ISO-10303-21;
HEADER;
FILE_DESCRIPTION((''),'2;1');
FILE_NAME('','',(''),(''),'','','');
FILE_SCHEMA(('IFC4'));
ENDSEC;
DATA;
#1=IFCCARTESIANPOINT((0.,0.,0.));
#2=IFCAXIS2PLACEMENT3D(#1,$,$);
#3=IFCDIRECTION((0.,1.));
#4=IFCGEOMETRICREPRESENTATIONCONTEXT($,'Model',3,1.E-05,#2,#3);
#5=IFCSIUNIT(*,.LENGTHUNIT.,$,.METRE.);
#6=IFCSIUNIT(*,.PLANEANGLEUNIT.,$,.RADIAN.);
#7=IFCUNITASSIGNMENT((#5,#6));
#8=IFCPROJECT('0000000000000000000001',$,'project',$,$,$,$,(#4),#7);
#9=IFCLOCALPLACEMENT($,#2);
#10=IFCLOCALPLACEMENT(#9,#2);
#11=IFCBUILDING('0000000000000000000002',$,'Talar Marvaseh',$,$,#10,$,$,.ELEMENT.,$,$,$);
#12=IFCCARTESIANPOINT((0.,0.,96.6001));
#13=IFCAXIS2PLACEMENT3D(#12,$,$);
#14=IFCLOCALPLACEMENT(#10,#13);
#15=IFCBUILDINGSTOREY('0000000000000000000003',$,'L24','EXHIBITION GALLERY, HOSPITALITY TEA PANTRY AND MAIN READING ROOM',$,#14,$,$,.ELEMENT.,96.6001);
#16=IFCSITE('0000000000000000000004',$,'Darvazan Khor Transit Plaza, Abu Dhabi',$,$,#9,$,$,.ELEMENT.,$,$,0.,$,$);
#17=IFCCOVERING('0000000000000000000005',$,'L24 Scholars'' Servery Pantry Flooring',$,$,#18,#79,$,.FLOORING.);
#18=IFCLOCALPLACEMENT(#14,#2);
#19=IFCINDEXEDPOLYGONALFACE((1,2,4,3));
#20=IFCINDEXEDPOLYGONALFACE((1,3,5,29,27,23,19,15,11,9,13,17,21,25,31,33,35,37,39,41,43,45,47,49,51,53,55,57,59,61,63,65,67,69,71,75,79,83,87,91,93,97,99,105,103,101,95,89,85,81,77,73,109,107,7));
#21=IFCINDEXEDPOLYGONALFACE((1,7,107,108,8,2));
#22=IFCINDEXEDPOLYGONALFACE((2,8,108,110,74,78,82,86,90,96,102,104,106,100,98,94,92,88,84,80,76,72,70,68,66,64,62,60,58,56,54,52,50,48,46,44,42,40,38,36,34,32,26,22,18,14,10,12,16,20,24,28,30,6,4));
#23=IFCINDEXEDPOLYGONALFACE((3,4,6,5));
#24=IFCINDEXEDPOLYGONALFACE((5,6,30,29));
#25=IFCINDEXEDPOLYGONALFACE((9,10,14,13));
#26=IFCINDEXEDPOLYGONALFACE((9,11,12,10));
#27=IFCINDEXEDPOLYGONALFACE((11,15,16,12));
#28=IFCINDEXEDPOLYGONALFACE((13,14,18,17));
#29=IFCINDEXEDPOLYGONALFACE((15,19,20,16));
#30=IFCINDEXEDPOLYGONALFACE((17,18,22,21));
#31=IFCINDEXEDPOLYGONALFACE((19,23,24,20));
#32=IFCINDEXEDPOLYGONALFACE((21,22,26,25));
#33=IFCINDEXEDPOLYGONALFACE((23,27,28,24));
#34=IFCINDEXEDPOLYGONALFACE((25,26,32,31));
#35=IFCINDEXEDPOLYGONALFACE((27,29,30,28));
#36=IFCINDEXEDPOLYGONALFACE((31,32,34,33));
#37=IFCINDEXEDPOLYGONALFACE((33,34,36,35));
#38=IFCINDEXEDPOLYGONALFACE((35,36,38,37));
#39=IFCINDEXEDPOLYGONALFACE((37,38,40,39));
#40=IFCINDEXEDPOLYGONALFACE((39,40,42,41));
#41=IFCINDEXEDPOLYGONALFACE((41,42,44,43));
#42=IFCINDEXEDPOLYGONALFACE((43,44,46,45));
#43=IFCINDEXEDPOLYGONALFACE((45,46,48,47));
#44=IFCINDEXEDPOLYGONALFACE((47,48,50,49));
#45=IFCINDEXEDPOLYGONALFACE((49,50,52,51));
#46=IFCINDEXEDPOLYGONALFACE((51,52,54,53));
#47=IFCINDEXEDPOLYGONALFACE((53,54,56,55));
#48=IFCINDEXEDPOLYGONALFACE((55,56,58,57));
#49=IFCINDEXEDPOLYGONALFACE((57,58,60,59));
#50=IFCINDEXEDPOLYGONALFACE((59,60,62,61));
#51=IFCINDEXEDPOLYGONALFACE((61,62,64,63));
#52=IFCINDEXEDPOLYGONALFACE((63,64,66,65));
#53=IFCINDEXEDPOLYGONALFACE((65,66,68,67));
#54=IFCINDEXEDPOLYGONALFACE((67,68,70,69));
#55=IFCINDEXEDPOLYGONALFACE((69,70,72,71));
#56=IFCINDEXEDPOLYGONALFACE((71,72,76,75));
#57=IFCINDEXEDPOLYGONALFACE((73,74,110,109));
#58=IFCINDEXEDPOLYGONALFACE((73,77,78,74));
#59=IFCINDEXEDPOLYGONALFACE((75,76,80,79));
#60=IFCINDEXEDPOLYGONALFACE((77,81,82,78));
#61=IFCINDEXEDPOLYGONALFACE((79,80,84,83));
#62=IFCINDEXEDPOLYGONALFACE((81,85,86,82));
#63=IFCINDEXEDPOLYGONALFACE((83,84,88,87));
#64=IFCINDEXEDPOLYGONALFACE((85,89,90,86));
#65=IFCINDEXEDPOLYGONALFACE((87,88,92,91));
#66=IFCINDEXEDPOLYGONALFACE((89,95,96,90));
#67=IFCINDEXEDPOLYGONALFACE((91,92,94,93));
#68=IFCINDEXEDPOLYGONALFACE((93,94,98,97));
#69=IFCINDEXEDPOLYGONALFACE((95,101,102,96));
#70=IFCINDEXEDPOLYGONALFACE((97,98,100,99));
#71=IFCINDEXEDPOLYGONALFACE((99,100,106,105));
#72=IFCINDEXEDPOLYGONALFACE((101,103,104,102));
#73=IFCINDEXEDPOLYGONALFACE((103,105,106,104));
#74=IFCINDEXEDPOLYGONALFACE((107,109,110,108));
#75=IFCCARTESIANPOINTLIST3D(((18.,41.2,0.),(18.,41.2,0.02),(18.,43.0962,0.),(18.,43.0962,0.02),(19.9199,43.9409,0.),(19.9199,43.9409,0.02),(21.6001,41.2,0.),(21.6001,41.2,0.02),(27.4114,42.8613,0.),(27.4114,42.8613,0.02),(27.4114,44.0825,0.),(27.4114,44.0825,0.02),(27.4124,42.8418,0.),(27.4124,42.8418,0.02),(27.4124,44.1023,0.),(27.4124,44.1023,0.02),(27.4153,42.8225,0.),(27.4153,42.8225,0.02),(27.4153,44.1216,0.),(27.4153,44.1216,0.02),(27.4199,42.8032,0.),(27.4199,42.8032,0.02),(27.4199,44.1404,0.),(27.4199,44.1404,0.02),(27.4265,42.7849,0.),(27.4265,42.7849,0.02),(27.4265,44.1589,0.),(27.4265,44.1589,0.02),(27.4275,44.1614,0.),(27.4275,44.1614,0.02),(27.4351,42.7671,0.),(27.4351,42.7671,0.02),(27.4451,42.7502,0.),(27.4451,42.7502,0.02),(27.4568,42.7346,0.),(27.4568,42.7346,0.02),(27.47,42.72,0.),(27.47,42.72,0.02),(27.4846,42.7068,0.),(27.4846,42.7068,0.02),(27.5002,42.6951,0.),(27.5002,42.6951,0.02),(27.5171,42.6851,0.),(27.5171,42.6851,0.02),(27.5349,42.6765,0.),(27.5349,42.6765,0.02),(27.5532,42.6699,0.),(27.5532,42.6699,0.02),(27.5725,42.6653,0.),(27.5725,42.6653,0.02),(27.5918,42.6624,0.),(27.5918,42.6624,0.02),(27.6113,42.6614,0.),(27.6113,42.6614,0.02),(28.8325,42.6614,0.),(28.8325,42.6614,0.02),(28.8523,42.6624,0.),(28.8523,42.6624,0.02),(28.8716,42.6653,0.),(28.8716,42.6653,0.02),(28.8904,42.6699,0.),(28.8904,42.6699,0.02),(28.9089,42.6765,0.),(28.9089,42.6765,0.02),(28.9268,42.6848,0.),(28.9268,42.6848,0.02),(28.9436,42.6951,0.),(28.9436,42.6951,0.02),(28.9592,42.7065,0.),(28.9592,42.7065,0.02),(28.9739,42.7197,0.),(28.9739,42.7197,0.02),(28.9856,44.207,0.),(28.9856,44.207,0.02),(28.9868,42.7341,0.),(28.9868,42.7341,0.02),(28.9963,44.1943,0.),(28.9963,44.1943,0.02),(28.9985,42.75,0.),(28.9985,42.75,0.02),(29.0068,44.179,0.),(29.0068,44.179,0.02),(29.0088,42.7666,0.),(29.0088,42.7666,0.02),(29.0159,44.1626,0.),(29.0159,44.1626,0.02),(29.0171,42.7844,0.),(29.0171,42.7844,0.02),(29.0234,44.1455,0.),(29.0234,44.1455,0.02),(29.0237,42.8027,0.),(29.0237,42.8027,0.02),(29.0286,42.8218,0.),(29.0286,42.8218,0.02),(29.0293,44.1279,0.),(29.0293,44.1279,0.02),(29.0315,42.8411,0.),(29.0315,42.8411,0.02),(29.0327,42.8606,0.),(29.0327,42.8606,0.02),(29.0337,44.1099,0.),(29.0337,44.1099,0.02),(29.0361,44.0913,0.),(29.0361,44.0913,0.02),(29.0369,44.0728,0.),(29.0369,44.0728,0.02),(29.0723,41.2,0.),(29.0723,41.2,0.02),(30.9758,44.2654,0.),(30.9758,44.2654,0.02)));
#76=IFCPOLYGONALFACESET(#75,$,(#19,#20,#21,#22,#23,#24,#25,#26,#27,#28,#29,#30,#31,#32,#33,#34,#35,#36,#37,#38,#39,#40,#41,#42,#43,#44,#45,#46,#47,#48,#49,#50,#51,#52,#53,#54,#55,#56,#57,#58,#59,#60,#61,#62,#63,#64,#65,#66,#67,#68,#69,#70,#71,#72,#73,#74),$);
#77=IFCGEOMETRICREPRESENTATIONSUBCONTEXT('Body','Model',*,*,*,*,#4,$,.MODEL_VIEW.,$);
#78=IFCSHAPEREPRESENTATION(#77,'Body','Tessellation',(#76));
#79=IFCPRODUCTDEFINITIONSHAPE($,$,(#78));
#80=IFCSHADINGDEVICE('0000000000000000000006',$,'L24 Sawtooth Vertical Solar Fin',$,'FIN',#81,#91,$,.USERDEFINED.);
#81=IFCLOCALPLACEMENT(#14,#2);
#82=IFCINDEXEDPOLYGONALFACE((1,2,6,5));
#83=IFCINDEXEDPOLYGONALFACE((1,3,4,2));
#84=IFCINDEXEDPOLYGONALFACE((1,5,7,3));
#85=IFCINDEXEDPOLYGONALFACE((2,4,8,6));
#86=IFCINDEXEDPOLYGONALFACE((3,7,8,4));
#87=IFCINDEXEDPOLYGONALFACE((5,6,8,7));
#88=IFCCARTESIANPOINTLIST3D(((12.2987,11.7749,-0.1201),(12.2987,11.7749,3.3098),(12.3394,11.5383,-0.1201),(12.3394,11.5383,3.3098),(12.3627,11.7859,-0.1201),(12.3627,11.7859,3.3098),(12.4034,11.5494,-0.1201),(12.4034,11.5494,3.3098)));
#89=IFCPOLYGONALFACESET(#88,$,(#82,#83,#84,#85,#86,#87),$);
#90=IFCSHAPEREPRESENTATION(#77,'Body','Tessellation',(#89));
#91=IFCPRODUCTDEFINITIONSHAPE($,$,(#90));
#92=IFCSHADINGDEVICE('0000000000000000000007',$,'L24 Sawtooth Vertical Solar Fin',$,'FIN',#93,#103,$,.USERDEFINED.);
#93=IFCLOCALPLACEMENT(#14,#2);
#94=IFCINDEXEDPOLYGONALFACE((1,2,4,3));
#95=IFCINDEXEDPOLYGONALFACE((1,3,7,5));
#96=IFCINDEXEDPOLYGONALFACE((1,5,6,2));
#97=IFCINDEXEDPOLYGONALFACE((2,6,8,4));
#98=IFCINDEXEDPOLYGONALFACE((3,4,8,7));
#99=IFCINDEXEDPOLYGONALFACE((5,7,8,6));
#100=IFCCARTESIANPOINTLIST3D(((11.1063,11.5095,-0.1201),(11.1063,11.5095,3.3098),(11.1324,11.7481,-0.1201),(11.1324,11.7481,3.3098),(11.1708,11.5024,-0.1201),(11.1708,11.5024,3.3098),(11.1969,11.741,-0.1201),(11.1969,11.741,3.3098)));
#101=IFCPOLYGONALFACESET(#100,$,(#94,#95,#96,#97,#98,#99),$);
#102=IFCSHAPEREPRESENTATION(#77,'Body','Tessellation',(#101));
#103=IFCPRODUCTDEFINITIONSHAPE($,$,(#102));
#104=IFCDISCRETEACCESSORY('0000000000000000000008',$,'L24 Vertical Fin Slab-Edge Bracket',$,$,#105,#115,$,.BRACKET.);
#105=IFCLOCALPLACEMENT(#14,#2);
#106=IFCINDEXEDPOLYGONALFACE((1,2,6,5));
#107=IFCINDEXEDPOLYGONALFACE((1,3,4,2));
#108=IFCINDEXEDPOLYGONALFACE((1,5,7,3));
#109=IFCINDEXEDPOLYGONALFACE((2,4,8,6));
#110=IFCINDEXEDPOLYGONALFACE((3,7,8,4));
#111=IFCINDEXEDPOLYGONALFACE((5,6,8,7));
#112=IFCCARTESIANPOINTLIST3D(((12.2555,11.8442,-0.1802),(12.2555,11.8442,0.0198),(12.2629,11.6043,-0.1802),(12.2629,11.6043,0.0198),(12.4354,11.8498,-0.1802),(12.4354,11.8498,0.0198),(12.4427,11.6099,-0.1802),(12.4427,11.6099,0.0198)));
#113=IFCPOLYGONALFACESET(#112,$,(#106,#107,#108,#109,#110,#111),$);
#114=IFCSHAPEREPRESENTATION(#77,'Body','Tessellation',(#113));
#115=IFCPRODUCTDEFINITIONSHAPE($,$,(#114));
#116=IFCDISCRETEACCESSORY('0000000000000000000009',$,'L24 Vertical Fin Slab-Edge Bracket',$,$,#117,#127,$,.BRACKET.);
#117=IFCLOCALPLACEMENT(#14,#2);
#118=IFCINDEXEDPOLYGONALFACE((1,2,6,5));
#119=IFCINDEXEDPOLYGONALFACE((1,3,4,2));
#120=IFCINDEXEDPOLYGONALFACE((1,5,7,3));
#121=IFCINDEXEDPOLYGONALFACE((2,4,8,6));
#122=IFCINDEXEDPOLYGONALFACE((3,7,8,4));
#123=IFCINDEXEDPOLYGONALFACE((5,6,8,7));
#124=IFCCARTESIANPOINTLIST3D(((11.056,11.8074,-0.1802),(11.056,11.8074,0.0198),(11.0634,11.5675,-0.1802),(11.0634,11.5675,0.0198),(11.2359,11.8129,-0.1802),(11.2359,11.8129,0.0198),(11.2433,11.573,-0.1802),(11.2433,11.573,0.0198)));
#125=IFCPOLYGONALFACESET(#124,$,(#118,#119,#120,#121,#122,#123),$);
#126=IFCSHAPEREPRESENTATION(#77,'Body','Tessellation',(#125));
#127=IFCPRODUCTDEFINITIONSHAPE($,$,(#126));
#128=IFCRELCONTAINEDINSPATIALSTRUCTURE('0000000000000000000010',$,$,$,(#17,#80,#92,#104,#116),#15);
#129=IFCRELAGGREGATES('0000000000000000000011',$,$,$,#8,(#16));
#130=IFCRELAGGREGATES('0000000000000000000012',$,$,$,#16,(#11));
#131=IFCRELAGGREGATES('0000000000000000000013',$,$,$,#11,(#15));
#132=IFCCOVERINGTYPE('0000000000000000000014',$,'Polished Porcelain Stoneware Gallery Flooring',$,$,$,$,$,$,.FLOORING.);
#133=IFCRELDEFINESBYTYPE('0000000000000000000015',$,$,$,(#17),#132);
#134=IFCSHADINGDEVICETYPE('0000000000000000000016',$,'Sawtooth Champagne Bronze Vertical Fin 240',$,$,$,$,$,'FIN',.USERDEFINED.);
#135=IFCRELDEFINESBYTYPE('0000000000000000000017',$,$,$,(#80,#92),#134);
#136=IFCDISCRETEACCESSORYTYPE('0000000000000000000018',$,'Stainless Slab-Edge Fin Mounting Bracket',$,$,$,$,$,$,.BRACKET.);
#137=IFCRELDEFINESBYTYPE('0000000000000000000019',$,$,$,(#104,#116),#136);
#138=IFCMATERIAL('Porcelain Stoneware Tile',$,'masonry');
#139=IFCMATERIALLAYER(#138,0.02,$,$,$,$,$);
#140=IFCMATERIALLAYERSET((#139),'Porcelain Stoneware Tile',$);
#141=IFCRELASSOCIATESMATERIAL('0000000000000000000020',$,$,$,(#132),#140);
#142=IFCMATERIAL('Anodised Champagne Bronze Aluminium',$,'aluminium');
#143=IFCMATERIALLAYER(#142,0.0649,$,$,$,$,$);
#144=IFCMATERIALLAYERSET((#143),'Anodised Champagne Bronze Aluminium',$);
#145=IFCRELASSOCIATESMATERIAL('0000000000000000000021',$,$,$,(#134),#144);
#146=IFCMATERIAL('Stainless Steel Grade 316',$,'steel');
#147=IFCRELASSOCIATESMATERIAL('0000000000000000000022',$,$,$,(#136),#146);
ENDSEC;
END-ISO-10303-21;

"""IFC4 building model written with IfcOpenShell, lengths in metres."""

from ifc_helpers import new_model, si_unit, direction, frame, origin, origin_2d, place, context, subcontext, project, spatial, polyline, rectangle, outline, extrude, source, transform, mapped, material, layer, layer_set, type_object, type_shapes, element, save


model = new_model("IFC4")

# Units and contexts
model_context = context("Model", 3, precision=1e-05, world=origin(), true_north=direction((0.0, 1.0)))
body_context = subcontext(model_context, "Body", "Model", "MODEL_VIEW")
ifc_project = project(units=[si_unit("LENGTHUNIT", "METRE"), si_unit("PLANEANGLEUNIT", "RADIAN")], contexts=[model_context])

# Site, building, storey
site_placement = place(None, origin())
site = spatial("IfcSite", under=ifc_project, at=site_placement, Name="Darvazan Khor Transit Plaza, Abu Dhabi", CompositionType="ELEMENT", RefElevation=0.0)
building_placement = place(site_placement, origin())
building = spatial("IfcBuilding", under=site, at=building_placement, Name="Talar Marvaseh", CompositionType="ELEMENT")
storey_placement = place(building_placement, frame((0.0, 0.0, 96.6001)))
storey = spatial("IfcBuildingStorey", under=building, at=storey_placement, Name="L24", Description="EXHIBITION GALLERY, HOSPITALITY TEA PANTRY AND MAIN READING ROOM", CompositionType="ELEMENT", Elevation=96.6001)

# Covering
ifc_material_1 = material(Name="Porcelain Stoneware Tile", Category="masonry")
ifc_layer_1 = layer(ifc_material_1, 0.02)
ifc_layer_set_1 = layer_set([ifc_layer_1], Name="Porcelain Stoneware Tile")
covering_type_1 = type_object("IfcCoveringType", Name="Polished Porcelain Stoneware Gallery Flooring", PredefinedType="FLOORING", material=ifc_layer_set_1)
covering_1_placement = place(storey_placement, origin())
element("IfcCovering", 1, at=covering_1_placement, inside=storey, type_object=covering_type_1, Name="L24 Scholars' Servery Pantry Flooring", PredefinedType="FLOORING", context=body_context, shape_type="SweptSolid", body=[
    extrude(outline(polyline([(27.4275, 44.1614), (27.4265, 44.1589), (27.4199, 44.1404), (27.4153, 44.1216), (27.4124, 44.1023), (27.4114, 44.0825), (27.4114, 42.8613), (27.4124, 42.8418), (27.4153, 42.8225), (27.4199, 42.8032), (27.4265, 42.7849), (27.4351, 42.7671), (27.4451, 42.7502), (27.4568, 42.7346), (27.47, 42.72), (27.4846, 42.7068), (27.5002, 42.6951), (27.5171, 42.6851), (27.5349, 42.6765), (27.5532, 42.6699), (27.5725, 42.6653), (27.5918, 42.6624), (27.6113, 42.6614), (28.8325, 42.6614), (28.8523, 42.6624), (28.8716, 42.6653), (28.8904, 42.6699), (28.9089, 42.6765), (28.9268, 42.6848), (28.9436, 42.6951), (28.9592, 42.7065), (28.9739, 42.7197), (28.9868, 42.7341), (28.9985, 42.75), (29.0088, 42.7666), (29.0171, 42.7844), (29.0237, 42.8027), (29.0286, 42.8218), (29.0315, 42.8411), (29.0327, 42.8606), (29.0369, 44.0728), (29.0361, 44.0913), (29.0337, 44.1099), (29.0293, 44.1279), (29.0234, 44.1455), (29.0159, 44.1626), (29.0068, 44.179), (28.9963, 44.1943), (28.9856, 44.207), (30.9758, 44.2654), (29.0723, 41.2), (21.6001, 41.2), (18.0, 41.2), (18.0, 43.0962), (19.9199, 43.9409), (27.4275, 44.1614)])), origin(), (0.0, 0.0, 1.0), 0.02),
])

# Shading devices
ifc_material_2 = material(Name="Anodised Champagne Bronze Aluminium", Category="aluminium")
ifc_layer_2 = layer(ifc_material_2, 0.0649)
ifc_layer_set_2 = layer_set([ifc_layer_2], Name="Anodised Champagne Bronze Aluminium")
shading_device_type = type_object("IfcShadingDeviceType", Name="Sawtooth Champagne Bronze Vertical Fin 240", ElementType="FIN", PredefinedType="USERDEFINED", material=ifc_layer_set_2)
shared_shape_1 = source(origin(), body_context, "Body", "SweptSolid", [
    extrude(rectangle(XDim=0.24, YDim=0.0649, at=origin_2d()), origin(), (0.0, 0.0, 1.0), 3.4299),
])
type_shapes(shading_device_type, [shared_shape_1])
for number, where, z_axis, x_axis, name in (
    (2, (12.3511, 11.6621, -0.1201), (0.0, 0.0, 1.0), (0.169522, -0.985526, 0.0), "L24 Sawtooth Vertical Solar Fin"),
    (3, (11.1516, 11.6252, -0.1201), (0.0, 0.0, 1.0), (-0.108693, -0.994075, 0.0), "L24 Sawtooth Vertical Solar Fin"),
):
    element("IfcShadingDevice", number, at=place(storey_placement, frame(where, z_axis=z_axis, x_axis=x_axis)), inside=storey, type_object=shading_device_type, Name=name, ObjectType="FIN", PredefinedType="USERDEFINED", context=body_context, shape_type="MappedRepresentation", body=[
        mapped(shared_shape_1, transform((0.0, 0.0, 0.0), x_axis=(1.0, 0.0, 0.0), y_axis=(0.0, 1.0, 0.0), z_axis=(0.0, 0.0, 1.0), scale=1.0)),
    ])

# Discrete accessories
ifc_material_3 = material(Name="Stainless Steel Grade 316", Category="steel")
discrete_accessory_type = type_object("IfcDiscreteAccessoryType", Name="Stainless Slab-Edge Fin Mounting Bracket", PredefinedType="BRACKET", material=ifc_material_3)
shared_shape_2 = source(origin(), body_context, "Body", "SweptSolid", [
    extrude(rectangle(XDim=0.24, YDim=0.1799, at=origin_2d()), origin(), (0.0, 0.0, 1.0), 0.2),
])
type_shapes(discrete_accessory_type, [shared_shape_2])
for number, where, z_axis, x_axis, name in (
    (4, (12.3491, 11.7271, -0.1802), (0.0, 0.0, 1.0), (0.030713, -0.999528, 0.0), "L24 Vertical Fin Slab-Edge Bracket"),
    (5, (11.1497, 11.6902, -0.1802), (0.0, 0.0, 1.0), (0.030713, -0.999528, 0.0), "L24 Vertical Fin Slab-Edge Bracket"),
):
    element("IfcDiscreteAccessory", number, at=place(storey_placement, frame(where, z_axis=z_axis, x_axis=x_axis)), inside=storey, type_object=discrete_accessory_type, Name=name, PredefinedType="BRACKET", context=body_context, shape_type="MappedRepresentation", body=[
        mapped(shared_shape_2, transform((0.0, 0.0, 0.0), x_axis=(1.0, 0.0, 0.0), y_axis=(0.0, 1.0, 0.0), z_axis=(0.0, 0.0, 1.0), scale=1.0)),
    ])

save(model, "model.ifc")
